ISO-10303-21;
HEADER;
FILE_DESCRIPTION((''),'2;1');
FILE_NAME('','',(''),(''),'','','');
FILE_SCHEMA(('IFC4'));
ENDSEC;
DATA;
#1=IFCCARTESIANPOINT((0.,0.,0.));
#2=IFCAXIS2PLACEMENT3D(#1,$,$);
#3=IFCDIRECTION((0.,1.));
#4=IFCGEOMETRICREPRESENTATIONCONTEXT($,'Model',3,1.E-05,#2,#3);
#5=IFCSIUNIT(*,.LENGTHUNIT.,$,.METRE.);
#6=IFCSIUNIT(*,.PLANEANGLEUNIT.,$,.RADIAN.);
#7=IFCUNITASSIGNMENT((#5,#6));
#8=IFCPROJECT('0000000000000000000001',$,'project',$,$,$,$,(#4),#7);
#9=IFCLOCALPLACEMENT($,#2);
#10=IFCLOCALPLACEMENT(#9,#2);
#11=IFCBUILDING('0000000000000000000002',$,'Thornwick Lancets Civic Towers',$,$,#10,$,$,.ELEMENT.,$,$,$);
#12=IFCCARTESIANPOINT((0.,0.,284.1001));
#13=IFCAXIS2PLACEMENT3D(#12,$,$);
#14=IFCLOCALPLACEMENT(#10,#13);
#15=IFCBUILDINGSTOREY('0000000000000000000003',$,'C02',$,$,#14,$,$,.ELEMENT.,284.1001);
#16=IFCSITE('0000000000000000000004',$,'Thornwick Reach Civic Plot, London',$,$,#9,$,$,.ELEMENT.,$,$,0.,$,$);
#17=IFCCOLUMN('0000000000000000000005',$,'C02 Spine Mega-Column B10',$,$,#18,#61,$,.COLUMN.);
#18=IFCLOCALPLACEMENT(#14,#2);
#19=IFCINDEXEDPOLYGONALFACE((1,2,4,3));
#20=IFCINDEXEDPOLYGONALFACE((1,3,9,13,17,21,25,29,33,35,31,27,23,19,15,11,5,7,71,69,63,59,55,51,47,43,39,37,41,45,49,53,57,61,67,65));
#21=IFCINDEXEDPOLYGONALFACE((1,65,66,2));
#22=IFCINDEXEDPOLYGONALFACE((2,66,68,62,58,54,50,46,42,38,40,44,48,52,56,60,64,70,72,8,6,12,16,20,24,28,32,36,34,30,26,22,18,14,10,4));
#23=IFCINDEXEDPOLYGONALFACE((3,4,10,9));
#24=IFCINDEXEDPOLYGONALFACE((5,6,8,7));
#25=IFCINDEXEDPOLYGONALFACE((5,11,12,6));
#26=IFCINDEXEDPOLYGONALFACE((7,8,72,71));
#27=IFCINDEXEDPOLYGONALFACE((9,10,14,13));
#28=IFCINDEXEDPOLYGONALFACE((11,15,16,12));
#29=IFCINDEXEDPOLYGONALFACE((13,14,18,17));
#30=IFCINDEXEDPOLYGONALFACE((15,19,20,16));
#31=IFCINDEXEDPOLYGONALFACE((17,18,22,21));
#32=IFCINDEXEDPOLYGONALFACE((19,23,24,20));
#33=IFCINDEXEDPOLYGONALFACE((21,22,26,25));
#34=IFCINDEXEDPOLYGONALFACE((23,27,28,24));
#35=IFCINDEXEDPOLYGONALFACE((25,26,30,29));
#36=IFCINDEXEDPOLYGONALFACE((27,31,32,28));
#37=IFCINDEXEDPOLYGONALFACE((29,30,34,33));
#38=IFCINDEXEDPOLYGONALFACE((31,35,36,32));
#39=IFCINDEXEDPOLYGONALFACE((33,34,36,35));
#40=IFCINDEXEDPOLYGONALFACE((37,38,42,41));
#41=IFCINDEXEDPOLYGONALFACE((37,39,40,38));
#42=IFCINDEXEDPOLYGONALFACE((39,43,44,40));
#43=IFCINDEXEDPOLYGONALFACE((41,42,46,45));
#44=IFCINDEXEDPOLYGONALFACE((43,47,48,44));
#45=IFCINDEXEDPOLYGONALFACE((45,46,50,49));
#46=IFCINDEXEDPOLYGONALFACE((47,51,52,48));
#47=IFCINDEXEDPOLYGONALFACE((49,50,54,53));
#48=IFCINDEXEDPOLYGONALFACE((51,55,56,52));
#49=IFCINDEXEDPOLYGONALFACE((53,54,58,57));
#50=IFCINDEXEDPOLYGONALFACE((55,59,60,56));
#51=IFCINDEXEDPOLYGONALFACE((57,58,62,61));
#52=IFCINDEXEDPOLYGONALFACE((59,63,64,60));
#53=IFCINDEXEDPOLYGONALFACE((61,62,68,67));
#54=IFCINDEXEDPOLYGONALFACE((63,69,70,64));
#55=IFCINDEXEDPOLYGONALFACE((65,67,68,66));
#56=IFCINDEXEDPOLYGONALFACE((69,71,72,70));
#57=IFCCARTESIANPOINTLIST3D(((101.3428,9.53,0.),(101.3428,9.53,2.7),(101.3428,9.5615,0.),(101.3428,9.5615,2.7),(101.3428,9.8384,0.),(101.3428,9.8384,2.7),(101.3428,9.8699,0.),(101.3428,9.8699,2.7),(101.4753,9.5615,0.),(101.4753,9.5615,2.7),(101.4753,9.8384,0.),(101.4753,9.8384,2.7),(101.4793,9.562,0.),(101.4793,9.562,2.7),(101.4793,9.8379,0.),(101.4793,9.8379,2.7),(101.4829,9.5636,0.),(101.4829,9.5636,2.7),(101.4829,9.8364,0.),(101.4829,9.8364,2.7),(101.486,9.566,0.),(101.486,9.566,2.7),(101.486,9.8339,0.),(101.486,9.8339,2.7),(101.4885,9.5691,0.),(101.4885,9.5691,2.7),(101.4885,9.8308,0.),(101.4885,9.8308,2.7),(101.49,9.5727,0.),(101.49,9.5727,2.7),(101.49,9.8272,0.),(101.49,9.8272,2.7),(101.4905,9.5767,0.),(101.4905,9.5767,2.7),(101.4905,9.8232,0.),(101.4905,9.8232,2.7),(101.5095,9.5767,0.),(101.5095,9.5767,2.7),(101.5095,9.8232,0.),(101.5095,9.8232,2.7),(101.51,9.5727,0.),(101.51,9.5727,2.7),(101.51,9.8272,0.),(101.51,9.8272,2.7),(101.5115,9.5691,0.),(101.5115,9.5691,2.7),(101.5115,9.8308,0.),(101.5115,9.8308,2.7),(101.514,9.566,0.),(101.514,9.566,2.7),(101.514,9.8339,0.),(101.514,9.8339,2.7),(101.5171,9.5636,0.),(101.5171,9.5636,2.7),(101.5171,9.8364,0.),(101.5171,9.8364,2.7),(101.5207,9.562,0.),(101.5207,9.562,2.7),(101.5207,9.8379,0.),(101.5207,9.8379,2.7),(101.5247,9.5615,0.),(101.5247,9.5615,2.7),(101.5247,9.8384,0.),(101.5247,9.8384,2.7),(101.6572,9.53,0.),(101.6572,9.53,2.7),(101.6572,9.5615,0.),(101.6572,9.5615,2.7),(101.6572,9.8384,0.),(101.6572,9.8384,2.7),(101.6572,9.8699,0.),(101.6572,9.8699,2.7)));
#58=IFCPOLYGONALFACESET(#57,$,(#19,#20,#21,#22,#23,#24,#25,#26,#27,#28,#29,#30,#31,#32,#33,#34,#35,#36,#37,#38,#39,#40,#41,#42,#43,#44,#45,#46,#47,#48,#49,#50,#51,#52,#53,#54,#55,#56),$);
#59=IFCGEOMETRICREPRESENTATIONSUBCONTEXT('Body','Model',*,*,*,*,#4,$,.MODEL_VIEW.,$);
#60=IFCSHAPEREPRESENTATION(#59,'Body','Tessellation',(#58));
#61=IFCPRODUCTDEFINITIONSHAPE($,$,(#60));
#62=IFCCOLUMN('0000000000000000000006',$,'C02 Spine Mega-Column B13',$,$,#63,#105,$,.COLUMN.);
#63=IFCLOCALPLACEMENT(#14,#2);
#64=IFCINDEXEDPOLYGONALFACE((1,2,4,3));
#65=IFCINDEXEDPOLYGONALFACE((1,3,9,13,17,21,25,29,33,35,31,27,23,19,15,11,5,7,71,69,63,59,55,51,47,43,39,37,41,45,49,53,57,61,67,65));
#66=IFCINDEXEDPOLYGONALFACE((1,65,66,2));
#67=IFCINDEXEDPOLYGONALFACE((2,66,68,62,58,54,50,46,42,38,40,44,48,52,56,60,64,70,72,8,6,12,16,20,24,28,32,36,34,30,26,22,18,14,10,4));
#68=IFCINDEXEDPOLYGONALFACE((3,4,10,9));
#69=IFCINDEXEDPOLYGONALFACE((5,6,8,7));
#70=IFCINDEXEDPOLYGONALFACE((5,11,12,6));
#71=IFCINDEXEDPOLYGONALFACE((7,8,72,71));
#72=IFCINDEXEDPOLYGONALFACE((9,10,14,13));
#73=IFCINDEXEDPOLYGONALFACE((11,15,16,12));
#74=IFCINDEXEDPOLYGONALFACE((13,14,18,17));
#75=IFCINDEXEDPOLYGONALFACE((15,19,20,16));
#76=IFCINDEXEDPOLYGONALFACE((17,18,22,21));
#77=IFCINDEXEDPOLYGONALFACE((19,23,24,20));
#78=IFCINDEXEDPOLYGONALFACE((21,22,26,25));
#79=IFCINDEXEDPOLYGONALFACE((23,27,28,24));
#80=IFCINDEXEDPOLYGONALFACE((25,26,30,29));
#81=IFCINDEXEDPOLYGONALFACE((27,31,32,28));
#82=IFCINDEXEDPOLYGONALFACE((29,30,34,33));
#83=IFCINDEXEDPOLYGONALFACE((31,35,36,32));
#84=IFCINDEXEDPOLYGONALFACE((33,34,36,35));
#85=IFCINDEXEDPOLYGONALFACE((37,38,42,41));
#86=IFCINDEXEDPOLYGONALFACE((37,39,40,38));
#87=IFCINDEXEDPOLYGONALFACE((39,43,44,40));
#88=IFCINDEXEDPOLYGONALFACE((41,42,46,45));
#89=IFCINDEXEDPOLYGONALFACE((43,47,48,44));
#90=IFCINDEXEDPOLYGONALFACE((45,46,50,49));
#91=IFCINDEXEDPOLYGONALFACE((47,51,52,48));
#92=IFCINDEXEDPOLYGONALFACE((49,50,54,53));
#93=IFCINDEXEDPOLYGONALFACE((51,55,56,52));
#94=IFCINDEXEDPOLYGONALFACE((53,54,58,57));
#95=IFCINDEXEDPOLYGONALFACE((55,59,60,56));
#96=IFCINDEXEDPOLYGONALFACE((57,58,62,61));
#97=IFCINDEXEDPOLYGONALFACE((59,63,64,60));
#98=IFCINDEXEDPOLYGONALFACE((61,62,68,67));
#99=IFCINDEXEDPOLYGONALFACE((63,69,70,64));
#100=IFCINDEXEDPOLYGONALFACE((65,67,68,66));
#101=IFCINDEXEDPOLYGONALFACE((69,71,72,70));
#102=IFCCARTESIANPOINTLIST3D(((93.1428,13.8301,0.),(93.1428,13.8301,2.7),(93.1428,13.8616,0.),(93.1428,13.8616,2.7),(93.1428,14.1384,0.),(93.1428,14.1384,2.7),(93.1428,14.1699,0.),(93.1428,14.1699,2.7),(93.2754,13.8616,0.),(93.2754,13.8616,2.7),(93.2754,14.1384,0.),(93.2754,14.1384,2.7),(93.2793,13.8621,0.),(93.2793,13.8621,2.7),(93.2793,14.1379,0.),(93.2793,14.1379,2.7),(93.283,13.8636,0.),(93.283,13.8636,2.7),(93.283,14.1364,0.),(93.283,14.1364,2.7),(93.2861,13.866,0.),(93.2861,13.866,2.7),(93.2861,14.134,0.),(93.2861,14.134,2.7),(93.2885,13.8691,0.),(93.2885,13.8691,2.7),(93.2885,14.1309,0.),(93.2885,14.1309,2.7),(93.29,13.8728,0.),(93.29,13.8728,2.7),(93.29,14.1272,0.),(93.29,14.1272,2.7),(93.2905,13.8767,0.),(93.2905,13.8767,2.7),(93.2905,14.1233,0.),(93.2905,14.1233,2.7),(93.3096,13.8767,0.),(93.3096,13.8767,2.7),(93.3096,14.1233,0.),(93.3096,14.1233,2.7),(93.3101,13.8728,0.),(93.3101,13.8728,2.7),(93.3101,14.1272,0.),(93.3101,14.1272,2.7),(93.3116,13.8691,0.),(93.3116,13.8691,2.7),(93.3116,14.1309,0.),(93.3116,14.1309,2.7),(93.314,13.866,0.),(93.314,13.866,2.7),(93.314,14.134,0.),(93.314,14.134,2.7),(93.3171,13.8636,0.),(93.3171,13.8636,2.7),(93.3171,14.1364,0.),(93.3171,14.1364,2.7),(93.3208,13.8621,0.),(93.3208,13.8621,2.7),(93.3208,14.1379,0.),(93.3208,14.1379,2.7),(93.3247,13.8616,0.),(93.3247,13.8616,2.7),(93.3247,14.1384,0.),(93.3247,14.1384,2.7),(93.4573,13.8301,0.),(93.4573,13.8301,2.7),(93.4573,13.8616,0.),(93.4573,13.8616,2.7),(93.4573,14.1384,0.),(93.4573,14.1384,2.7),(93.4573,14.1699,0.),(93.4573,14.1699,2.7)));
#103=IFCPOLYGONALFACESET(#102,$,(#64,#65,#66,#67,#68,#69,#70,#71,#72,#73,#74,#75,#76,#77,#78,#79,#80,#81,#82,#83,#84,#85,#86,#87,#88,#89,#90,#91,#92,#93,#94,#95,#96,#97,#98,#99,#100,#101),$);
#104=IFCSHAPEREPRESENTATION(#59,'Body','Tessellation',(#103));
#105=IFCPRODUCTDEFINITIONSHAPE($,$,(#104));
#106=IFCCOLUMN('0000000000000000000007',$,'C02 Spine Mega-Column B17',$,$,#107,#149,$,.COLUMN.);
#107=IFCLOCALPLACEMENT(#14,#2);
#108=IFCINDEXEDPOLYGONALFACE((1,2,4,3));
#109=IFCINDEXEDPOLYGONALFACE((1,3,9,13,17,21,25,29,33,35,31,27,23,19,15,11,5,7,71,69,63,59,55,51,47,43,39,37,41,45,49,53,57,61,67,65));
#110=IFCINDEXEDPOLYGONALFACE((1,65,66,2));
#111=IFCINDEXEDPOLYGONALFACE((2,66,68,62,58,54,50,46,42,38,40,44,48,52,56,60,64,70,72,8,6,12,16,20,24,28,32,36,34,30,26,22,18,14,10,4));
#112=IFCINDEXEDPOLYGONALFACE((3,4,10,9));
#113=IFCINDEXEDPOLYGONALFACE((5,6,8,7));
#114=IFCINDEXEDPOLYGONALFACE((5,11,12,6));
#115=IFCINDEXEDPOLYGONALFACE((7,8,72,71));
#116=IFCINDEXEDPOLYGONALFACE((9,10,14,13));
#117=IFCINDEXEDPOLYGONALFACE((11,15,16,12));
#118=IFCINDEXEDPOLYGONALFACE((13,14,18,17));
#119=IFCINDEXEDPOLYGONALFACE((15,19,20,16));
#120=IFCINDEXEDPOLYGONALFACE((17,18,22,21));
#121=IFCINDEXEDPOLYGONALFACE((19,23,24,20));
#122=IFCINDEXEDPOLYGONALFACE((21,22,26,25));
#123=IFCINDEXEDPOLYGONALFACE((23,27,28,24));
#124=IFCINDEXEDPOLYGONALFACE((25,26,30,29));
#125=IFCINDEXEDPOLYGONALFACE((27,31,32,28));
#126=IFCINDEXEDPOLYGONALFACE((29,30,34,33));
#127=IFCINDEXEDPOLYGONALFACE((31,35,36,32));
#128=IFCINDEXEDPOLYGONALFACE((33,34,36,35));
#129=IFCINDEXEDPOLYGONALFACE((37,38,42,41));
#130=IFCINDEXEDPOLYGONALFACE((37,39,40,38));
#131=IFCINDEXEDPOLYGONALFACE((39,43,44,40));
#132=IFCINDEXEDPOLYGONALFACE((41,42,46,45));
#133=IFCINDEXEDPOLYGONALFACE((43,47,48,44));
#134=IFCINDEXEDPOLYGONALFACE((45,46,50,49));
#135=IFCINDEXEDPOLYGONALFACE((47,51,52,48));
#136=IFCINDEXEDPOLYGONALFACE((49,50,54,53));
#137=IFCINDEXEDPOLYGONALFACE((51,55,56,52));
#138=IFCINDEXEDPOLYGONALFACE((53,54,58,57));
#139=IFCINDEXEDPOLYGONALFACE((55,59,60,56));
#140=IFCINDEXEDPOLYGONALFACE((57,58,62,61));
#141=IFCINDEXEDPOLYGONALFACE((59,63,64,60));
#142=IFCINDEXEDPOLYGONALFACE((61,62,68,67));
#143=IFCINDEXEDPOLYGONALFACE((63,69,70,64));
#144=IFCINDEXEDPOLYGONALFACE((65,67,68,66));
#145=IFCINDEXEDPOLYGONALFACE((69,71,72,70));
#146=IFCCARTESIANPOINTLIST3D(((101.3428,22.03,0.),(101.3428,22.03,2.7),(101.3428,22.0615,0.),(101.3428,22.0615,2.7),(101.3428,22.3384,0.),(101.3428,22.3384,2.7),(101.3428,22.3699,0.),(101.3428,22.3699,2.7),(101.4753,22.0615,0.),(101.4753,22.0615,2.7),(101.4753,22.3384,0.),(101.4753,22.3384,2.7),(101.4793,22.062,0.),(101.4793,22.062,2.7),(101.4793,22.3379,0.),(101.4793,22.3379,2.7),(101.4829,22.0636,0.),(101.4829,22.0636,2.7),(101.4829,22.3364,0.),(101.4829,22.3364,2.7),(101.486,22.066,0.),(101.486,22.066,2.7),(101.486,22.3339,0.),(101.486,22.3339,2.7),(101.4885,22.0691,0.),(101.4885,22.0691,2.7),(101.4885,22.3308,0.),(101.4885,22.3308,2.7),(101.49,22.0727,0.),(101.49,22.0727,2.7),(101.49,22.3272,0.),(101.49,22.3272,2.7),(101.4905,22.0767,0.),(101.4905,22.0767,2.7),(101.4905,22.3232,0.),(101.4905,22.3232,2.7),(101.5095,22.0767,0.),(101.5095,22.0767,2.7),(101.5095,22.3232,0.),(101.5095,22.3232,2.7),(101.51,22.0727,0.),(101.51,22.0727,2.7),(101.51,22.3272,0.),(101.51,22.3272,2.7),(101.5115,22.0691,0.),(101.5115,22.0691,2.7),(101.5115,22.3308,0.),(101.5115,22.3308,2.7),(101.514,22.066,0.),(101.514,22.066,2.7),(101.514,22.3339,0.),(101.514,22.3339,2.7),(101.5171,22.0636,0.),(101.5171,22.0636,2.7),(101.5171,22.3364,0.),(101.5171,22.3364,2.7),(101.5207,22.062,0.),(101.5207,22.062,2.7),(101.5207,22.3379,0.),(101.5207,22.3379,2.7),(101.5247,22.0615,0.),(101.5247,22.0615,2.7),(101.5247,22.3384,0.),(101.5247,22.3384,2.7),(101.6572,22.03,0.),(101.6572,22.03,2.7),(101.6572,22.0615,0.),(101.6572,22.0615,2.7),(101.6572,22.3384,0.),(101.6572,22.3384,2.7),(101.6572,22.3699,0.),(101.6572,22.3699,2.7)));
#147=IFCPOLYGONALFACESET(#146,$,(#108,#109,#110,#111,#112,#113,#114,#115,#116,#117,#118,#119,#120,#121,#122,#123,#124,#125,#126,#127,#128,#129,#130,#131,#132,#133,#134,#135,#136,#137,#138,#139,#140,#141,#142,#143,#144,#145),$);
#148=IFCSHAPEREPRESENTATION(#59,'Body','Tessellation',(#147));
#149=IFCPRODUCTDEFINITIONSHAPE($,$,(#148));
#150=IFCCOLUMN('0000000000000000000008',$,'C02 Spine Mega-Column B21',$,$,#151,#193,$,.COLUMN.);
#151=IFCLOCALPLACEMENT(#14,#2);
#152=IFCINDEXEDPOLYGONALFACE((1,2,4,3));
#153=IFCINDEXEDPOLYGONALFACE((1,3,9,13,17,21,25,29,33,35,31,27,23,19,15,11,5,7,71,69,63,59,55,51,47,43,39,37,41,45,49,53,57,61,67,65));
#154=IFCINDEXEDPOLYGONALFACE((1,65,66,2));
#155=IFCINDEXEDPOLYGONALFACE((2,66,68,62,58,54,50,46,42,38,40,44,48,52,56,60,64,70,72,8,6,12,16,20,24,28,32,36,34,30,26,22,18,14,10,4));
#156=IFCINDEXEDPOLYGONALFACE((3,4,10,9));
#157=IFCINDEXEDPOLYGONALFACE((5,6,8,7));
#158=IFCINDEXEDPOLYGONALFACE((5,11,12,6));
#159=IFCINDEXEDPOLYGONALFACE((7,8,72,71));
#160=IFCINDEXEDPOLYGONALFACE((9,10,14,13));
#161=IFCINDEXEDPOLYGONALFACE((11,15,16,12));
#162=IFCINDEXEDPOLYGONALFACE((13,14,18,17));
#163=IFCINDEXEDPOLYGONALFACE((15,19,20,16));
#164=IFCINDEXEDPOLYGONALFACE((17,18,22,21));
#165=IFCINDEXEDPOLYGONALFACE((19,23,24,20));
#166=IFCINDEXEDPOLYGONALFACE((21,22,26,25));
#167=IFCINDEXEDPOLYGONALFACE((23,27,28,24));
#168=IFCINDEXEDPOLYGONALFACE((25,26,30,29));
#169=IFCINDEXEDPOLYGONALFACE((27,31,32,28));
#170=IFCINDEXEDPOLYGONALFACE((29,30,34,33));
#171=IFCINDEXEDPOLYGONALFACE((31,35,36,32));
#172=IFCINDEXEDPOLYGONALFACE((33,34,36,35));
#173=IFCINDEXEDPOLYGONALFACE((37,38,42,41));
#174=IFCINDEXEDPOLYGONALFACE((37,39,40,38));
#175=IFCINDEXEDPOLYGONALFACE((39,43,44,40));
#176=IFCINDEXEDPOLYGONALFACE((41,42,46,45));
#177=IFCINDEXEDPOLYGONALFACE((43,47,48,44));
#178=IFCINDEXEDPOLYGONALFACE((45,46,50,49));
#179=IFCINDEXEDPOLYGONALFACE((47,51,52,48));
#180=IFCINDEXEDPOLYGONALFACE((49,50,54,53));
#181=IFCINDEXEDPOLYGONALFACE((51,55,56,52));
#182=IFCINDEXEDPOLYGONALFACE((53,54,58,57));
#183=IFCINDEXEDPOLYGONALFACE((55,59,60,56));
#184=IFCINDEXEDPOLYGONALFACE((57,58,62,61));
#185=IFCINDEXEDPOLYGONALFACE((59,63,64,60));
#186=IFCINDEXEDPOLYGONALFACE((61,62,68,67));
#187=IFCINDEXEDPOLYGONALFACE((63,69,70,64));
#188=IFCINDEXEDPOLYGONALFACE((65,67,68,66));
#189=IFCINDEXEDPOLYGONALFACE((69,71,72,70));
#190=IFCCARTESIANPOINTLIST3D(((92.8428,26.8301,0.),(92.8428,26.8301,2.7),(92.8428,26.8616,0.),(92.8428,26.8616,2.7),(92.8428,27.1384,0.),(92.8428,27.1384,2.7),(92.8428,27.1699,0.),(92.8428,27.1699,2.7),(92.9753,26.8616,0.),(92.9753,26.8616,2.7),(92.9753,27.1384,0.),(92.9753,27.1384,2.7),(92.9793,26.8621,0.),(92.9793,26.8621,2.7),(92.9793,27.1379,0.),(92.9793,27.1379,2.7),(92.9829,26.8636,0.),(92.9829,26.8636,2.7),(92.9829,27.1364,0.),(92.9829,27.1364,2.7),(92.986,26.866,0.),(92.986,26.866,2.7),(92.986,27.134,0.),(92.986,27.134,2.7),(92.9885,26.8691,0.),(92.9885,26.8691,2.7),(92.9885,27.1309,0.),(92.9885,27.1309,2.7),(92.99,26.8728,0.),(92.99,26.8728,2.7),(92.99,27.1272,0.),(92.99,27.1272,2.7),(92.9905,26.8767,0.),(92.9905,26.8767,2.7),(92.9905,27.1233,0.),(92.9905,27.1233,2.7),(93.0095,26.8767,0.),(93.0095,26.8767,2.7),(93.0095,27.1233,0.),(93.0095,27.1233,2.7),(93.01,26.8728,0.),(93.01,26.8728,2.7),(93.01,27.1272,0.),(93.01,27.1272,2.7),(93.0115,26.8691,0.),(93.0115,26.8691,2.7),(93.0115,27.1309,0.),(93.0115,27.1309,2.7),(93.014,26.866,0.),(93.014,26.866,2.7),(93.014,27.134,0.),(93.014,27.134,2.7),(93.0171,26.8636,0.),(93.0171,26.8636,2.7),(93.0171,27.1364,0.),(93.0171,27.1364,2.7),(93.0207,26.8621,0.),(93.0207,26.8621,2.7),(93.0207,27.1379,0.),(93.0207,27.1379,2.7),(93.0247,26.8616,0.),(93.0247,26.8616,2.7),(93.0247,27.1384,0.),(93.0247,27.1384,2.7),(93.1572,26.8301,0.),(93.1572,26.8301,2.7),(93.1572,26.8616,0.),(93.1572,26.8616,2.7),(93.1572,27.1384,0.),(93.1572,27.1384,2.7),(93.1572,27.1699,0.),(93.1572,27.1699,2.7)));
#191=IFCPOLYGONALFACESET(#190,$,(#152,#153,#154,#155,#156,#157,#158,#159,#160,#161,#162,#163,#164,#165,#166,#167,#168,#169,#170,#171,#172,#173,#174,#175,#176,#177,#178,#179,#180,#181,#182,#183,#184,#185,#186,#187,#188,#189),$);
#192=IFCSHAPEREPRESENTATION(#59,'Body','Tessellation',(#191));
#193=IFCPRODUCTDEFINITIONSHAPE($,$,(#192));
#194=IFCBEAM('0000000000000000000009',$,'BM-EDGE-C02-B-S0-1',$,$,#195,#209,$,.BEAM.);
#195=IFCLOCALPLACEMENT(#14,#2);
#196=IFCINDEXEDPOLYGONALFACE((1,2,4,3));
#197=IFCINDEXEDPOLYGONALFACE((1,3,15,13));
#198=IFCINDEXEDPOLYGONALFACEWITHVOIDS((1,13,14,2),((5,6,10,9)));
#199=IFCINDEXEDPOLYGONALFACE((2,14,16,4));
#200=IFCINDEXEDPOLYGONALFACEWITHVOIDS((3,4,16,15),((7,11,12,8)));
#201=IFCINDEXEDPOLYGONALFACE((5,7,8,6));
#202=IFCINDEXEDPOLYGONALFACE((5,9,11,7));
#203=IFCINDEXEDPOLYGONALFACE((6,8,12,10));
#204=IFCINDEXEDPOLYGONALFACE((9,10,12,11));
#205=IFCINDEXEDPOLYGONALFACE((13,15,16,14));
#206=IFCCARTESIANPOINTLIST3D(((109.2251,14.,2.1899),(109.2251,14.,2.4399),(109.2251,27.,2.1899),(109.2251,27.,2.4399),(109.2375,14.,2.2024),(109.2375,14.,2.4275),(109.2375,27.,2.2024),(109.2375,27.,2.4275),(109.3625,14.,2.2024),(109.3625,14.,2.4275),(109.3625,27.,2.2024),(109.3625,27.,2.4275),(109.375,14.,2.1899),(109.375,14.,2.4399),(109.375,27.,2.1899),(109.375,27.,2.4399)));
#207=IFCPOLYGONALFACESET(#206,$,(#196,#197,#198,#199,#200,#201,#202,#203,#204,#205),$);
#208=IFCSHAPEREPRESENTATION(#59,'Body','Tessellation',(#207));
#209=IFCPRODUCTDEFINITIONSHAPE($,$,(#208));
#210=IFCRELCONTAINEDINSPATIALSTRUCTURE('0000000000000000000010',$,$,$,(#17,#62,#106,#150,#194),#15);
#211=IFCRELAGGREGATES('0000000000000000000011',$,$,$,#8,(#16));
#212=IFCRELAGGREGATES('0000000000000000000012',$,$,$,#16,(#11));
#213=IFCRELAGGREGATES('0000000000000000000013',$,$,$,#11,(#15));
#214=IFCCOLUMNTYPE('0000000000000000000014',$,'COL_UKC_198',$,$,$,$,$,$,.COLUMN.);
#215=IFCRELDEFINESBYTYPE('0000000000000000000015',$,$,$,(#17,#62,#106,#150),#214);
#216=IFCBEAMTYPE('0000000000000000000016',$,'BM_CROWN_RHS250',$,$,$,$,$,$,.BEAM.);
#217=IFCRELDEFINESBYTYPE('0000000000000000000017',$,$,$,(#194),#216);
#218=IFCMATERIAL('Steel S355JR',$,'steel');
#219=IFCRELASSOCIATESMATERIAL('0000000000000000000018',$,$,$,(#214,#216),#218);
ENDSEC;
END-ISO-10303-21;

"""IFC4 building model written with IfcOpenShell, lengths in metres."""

from ifc_helpers import new_model, si_unit, direction, frame, origin, origin_2d, place, context, subcontext, project, spatial, hollow_rectangle, i_section, extrude, material, material_profile, profile_set, type_object, element, save


model = new_model("IFC4")

# Units and contexts
model_context = context("Model", 3, precision=1e-05, world=origin(), true_north=direction((0.0, 1.0)))
body_context = subcontext(model_context, "Body", "Model", "MODEL_VIEW")
ifc_project = project(units=[si_unit("LENGTHUNIT", "METRE"), si_unit("PLANEANGLEUNIT", "RADIAN")], contexts=[model_context])

# Site, building, storey
site_placement = place(None, origin())
site = spatial("IfcSite", under=ifc_project, at=site_placement, Name="Thornwick Reach Civic Plot, London", CompositionType="ELEMENT", RefElevation=0.0)
building_placement = place(site_placement, origin())
building = spatial("IfcBuilding", under=site, at=building_placement, Name="Thornwick Lancets Civic Towers", CompositionType="ELEMENT")
storey_placement = place(building_placement, frame((0.0, 0.0, 284.1001)))
storey = spatial("IfcBuildingStorey", under=building, at=storey_placement, Name="C02", CompositionType="ELEMENT", Elevation=284.1001)

# Columns
ifc_material_1 = material(Name="Steel S355JR", Category="steel")
ifc_material_profile_1 = material_profile(ifc_material_1, i_section(OverallWidth=0.3145, OverallDepth=0.3398, WebThickness=0.019, FlangeThickness=0.0315, FilletRadius=0.0151, at=origin_2d()), Name="UKC 305x305x198")
ifc_profile_set_1 = profile_set([ifc_material_profile_1], Name="Steel S355JR")
column_type_1 = type_object("IfcColumnType", Name="COL_UKC_198", PredefinedType="COLUMN", material=ifc_profile_set_1)
for number, where, z_axis, x_axis, name in (
    (1, (101.5, 9.7, 0.0), (0.0, 0.0, 1.0), (1.0, 0.0, 0.0), "C02 Spine Mega-Column B10"),
    (2, (93.3, 14.0, 0.0), (0.0, 0.0, 1.0), (1.0, 0.0, 0.0), "C02 Spine Mega-Column B13"),
    (3, (101.5, 22.2, 0.0), (0.0, 0.0, 1.0), (1.0, 0.0, 0.0), "C02 Spine Mega-Column B17"),
    (4, (93.0, 27.0, 0.0), (0.0, 0.0, 1.0), (1.0, 0.0, 0.0), "C02 Spine Mega-Column B21"),
):
    element("IfcColumn", number, at=place(storey_placement, frame(where, z_axis=z_axis, x_axis=x_axis)), inside=storey, type_object=column_type_1, Name=name, PredefinedType="COLUMN", context=body_context, shape_type="SweptSolid", body=[
        extrude(i_section(OverallWidth=0.3145, OverallDepth=0.3398, WebThickness=0.019, FlangeThickness=0.0315, FilletRadius=0.0151, at=origin_2d()), origin(), (0.0, 0.0, 1.0), 2.7),
    ])

# Beam
ifc_material_profile_2 = material_profile(ifc_material_1, hollow_rectangle(XDim=0.1499, YDim=0.25, WallThickness=0.0125, at=origin_2d()), Name="RHS 250x150x12.5")
ifc_profile_set_2 = profile_set([ifc_material_profile_2], Name="Steel S355JR")
beam_type_1 = type_object("IfcBeamType", Name="BM_CROWN_RHS250", PredefinedType="BEAM", material=ifc_profile_set_2)
beam_1_placement = place(storey_placement, frame((109.3, 14.0, 2.3149), z_axis=(0.0, 1.0, 0.0), x_axis=(-1.0, 0.0, 0.0)))
element("IfcBeam", 5, at=beam_1_placement, inside=storey, type_object=beam_type_1, Name="BM-EDGE-C02-B-S0-1", PredefinedType="BEAM", context=body_context, shape_type="SweptSolid", body=[
    extrude(hollow_rectangle(XDim=0.1499, YDim=0.25, WallThickness=0.0125, at=origin_2d()), origin(), (0.0, 0.0, 1.0), 13.0),
])

save(model, "model.ifc")
